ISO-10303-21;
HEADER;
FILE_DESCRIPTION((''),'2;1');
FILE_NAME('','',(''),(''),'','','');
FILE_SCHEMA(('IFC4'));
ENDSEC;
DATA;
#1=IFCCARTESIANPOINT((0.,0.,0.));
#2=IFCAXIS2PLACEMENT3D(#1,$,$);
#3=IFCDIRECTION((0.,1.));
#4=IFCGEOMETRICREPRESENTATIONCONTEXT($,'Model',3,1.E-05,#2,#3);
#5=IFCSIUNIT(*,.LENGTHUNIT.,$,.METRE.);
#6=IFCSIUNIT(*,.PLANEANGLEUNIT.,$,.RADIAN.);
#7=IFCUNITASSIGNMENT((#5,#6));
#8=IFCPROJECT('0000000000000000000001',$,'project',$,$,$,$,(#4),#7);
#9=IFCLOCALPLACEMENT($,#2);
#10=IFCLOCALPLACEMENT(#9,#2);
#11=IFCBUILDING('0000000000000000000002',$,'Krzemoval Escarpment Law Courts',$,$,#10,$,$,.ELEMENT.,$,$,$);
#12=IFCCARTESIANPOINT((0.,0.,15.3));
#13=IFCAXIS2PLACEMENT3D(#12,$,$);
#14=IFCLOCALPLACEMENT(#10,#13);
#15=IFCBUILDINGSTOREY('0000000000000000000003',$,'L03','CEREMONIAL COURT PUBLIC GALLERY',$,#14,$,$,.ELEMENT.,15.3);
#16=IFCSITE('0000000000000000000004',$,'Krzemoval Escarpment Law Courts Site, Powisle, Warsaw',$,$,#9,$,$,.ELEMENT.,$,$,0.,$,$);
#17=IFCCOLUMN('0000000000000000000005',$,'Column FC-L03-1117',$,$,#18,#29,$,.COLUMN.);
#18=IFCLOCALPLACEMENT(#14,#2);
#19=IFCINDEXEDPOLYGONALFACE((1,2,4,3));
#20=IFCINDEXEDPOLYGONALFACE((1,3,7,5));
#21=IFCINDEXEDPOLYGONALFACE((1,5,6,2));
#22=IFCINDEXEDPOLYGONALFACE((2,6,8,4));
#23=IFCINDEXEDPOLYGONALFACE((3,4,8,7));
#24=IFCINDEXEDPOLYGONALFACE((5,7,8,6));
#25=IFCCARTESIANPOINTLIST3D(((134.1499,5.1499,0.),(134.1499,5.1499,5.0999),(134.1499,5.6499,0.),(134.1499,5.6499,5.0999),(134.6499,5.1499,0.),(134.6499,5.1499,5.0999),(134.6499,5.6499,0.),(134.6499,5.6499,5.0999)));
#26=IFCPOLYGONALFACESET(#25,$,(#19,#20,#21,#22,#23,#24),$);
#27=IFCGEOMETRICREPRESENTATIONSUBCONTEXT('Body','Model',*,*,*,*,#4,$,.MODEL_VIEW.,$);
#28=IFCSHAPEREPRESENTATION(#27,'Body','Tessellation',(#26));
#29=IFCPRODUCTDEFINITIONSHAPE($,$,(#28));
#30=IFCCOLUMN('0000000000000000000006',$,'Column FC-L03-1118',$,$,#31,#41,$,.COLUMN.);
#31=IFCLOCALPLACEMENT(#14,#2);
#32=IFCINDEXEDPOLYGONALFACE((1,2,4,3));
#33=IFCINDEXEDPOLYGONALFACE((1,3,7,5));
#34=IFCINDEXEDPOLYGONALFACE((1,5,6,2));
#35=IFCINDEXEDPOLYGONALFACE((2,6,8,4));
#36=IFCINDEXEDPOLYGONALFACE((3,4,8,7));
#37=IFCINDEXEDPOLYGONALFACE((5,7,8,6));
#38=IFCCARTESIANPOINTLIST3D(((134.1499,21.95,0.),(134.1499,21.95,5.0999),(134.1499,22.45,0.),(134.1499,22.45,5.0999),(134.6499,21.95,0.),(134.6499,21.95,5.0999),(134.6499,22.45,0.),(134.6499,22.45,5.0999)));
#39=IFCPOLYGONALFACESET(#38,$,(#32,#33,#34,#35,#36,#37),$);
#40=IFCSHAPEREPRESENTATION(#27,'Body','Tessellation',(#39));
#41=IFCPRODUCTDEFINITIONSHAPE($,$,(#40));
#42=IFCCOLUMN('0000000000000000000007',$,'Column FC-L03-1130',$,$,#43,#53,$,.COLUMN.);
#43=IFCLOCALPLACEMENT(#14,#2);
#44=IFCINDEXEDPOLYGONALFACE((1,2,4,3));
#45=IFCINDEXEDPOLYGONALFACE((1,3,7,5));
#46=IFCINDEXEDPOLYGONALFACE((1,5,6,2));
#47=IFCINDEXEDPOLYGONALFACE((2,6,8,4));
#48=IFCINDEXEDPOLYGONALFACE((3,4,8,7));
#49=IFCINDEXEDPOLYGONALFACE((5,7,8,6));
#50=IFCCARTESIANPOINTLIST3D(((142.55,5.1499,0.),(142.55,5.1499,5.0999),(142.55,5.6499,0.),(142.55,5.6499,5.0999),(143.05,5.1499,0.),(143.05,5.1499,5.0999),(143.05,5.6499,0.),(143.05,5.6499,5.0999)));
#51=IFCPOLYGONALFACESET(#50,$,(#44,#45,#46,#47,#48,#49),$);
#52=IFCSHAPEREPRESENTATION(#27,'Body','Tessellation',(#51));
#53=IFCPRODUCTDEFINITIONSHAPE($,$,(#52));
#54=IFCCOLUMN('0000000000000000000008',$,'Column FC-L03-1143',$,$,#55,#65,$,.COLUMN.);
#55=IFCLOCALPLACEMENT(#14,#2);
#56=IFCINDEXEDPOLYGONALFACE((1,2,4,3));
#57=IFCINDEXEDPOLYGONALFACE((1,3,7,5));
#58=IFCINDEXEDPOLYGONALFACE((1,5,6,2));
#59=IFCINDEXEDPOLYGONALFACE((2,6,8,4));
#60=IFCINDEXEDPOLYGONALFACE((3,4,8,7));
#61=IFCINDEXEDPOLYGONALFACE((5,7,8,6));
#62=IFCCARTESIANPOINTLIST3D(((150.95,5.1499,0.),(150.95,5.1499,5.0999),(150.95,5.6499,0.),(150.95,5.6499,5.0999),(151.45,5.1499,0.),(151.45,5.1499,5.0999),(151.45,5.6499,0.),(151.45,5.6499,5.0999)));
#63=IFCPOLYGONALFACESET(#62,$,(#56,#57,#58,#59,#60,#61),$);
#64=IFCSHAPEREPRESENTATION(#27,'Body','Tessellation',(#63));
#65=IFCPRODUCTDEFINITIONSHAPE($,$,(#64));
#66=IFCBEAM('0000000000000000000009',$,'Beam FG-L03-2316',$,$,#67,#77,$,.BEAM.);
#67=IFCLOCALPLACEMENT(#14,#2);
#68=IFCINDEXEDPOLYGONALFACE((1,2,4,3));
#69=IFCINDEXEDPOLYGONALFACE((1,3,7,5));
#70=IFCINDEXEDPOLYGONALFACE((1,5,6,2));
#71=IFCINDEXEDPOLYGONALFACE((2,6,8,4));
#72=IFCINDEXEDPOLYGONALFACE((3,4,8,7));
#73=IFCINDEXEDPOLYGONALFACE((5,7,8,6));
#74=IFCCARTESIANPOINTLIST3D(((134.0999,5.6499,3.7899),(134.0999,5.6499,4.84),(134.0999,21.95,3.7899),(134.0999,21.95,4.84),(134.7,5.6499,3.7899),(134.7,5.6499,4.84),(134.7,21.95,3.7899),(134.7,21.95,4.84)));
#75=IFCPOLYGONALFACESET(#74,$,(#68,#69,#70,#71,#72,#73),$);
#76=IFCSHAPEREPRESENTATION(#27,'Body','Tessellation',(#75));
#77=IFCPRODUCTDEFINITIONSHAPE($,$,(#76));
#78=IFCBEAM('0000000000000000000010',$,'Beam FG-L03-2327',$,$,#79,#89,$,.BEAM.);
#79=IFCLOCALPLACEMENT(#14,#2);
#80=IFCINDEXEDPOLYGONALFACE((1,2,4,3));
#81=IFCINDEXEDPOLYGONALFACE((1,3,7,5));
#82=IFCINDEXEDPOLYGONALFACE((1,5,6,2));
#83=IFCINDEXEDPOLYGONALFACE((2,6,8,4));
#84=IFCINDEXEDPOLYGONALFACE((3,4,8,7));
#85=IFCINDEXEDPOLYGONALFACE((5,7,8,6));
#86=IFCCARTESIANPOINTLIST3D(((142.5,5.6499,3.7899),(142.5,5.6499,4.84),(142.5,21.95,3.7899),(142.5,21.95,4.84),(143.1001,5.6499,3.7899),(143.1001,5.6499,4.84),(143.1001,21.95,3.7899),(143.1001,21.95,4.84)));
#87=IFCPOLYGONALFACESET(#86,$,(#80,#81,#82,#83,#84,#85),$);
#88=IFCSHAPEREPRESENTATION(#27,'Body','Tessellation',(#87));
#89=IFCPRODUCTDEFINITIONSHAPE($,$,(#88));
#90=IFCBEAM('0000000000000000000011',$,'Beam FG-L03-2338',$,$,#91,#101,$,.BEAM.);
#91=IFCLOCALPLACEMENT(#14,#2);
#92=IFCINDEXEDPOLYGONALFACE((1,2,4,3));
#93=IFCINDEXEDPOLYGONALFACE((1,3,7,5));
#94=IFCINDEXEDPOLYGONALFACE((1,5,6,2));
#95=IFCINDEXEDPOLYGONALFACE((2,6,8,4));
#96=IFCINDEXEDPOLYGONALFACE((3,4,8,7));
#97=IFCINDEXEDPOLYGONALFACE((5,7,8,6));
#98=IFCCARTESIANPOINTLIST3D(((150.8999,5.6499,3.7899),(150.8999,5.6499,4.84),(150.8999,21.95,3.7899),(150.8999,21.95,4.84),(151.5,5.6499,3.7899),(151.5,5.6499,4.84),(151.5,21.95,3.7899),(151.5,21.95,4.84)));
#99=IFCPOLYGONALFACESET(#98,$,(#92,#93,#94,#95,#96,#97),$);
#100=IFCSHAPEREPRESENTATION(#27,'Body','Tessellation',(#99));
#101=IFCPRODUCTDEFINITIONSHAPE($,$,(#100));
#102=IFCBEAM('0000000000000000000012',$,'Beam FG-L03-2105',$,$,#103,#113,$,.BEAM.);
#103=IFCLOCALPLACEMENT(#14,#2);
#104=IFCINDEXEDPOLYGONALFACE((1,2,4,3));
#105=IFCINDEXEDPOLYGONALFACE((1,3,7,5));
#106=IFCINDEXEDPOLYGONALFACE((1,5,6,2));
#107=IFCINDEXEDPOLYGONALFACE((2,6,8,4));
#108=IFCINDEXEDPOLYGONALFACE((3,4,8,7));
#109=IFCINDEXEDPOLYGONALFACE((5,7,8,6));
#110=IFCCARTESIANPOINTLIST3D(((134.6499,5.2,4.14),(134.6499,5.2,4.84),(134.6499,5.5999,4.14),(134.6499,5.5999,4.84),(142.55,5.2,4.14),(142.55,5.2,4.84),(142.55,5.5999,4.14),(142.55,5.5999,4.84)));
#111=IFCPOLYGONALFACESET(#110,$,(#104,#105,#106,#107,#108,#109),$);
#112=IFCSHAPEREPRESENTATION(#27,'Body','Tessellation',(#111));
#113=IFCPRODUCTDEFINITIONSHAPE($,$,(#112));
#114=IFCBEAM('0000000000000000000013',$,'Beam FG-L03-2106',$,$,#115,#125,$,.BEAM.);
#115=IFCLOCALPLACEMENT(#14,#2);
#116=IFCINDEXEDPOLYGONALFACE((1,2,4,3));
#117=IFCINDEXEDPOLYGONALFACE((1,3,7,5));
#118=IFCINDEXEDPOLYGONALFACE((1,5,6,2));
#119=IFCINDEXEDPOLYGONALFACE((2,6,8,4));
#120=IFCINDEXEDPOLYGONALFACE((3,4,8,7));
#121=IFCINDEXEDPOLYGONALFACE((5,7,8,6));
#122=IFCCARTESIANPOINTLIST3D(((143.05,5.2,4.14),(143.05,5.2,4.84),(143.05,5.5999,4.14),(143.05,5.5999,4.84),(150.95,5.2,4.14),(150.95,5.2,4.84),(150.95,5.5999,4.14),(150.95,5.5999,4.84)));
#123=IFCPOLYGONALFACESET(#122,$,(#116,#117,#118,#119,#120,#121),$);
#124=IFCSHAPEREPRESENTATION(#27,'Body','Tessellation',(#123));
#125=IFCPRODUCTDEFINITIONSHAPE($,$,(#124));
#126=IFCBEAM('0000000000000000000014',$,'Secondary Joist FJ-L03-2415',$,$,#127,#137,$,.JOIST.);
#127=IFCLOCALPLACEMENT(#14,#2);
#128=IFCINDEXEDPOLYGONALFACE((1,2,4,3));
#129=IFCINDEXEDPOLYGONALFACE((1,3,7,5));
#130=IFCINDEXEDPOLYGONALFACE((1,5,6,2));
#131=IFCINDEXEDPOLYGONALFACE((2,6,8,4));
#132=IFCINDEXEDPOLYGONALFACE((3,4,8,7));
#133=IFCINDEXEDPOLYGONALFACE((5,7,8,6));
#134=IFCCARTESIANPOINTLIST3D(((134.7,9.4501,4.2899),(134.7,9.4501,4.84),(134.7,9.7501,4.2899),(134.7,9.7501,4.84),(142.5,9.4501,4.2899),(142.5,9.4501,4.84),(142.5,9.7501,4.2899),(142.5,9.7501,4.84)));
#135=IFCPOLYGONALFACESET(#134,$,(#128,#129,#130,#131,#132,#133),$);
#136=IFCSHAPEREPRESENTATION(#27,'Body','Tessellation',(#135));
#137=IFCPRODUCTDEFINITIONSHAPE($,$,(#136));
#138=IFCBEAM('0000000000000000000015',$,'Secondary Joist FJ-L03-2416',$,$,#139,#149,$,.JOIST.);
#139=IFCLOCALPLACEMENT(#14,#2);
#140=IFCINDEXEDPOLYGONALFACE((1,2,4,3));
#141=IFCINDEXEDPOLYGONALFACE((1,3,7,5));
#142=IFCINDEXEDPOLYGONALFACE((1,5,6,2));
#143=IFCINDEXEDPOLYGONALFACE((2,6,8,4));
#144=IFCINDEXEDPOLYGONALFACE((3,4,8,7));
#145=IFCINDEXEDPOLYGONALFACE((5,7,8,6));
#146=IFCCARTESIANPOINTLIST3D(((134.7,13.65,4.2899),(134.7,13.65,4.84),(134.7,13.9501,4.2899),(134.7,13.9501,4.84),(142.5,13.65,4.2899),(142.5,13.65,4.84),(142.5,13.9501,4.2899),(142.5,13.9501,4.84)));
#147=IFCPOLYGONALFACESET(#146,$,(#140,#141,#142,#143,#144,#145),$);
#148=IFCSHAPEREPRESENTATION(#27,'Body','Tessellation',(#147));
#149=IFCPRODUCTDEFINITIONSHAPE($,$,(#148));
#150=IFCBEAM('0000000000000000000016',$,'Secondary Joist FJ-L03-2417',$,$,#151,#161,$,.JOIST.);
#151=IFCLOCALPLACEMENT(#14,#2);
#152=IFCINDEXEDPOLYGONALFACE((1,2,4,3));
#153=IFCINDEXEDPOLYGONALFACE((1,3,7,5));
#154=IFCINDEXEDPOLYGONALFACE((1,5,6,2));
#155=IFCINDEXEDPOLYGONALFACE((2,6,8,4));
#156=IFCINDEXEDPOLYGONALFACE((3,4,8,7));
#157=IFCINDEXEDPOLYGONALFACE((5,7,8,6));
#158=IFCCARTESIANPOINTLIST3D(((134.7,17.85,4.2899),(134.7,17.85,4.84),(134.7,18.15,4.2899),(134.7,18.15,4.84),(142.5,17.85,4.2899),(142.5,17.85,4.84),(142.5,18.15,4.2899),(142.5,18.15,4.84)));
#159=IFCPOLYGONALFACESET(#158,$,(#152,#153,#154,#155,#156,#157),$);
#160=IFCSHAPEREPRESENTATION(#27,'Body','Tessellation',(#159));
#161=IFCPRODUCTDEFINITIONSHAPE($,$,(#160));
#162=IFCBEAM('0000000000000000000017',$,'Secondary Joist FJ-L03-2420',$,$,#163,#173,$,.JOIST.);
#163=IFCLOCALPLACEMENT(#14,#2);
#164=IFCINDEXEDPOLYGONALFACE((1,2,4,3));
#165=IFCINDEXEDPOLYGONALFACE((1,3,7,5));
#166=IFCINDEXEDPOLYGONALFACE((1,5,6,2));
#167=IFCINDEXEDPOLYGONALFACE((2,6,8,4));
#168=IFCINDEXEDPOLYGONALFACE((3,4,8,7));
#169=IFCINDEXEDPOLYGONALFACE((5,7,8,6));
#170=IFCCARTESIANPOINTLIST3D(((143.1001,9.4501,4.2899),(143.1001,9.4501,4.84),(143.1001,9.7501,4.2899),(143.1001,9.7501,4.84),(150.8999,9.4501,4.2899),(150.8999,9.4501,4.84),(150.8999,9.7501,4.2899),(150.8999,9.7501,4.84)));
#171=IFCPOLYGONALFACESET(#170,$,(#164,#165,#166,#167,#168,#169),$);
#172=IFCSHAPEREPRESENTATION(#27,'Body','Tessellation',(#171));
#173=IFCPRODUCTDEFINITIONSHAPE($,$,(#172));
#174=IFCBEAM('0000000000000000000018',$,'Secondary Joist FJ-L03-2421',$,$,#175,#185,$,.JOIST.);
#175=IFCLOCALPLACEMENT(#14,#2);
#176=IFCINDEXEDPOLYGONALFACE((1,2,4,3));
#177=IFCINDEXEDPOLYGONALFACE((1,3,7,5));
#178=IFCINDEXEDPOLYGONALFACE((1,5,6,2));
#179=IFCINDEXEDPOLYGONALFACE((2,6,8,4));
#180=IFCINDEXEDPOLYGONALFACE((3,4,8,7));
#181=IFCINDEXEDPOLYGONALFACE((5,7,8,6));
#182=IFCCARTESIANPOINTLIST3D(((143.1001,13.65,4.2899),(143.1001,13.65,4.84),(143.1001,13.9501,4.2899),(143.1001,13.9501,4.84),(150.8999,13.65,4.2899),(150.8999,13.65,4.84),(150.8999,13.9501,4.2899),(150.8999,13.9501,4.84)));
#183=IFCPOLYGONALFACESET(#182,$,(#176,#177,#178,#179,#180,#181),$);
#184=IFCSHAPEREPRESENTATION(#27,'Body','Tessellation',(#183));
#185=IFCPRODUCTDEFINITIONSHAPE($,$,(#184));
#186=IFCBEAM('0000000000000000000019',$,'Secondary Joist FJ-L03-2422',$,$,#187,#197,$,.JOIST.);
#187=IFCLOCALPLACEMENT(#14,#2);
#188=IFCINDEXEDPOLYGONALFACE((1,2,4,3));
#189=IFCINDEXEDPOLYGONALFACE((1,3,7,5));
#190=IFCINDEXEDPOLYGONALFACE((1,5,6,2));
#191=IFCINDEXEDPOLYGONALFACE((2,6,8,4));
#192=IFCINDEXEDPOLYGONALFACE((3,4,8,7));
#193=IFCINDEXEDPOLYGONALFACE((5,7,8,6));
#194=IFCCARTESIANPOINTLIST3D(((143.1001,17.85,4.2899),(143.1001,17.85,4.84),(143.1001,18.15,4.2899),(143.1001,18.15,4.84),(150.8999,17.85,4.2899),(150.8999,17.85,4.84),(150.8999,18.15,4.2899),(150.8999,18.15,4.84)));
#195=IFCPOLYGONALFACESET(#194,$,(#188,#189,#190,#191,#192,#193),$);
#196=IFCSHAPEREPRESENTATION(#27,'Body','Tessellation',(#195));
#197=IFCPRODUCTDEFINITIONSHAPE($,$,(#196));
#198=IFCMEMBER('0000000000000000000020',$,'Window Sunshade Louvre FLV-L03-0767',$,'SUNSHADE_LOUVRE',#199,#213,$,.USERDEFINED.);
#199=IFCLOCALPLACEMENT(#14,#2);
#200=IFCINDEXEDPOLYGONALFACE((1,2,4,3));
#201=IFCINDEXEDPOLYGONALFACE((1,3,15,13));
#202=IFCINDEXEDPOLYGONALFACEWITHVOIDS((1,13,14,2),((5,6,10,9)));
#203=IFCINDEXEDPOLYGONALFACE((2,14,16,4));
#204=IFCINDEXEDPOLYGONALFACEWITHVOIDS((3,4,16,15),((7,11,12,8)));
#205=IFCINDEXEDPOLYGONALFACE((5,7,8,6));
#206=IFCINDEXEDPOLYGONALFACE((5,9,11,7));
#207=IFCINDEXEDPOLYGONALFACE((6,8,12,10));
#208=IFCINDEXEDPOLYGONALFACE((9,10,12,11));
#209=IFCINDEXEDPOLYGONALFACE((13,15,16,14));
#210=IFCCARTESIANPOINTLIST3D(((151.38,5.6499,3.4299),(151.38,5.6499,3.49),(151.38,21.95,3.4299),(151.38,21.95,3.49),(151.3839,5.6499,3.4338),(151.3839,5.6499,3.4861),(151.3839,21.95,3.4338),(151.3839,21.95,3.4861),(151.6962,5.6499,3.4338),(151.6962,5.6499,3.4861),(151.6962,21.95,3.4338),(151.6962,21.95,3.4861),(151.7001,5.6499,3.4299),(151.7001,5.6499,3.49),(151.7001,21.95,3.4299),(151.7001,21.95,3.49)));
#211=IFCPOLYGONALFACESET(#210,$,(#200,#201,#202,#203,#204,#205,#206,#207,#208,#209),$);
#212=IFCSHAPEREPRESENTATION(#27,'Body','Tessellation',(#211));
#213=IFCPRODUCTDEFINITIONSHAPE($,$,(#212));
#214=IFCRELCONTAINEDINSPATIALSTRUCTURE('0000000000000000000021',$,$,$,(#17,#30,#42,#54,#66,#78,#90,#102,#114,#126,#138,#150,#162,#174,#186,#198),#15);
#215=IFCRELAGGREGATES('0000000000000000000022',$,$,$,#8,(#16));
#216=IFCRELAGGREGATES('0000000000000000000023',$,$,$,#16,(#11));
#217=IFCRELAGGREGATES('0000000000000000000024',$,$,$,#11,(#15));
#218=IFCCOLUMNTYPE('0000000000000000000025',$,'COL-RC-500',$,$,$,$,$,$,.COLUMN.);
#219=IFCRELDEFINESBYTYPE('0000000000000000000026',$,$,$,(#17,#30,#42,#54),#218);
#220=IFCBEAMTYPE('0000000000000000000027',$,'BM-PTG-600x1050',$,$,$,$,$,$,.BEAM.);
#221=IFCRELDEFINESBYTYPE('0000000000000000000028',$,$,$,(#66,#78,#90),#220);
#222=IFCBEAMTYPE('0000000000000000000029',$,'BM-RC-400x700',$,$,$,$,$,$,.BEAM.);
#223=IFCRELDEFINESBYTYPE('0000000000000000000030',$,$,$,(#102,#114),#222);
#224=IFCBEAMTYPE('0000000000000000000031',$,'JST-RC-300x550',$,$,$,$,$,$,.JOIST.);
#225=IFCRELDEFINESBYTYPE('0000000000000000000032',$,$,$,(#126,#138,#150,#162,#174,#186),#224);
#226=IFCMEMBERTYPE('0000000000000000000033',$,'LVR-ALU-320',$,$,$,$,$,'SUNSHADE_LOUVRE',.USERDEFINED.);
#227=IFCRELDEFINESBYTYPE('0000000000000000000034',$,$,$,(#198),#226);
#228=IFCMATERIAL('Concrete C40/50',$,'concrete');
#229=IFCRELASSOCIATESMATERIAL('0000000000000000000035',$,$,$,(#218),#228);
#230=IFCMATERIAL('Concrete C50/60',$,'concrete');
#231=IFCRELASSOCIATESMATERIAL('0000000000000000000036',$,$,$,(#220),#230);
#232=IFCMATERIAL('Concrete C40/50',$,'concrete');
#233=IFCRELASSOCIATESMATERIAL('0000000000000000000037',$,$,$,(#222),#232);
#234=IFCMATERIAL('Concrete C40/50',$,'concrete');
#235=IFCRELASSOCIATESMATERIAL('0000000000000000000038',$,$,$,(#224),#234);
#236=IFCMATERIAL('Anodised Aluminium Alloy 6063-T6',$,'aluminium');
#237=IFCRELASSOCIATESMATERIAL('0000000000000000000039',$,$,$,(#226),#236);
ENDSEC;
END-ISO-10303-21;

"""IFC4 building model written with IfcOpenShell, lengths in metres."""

from ifc_helpers import new_model, si_unit, direction, frame, origin, origin_2d, place, context, subcontext, project, spatial, rectangle, hollow_rectangle, extrude, material, material_profile, profile_set, type_object, element, save


model = new_model("IFC4")

# Units and contexts
model_context = context("Model", 3, precision=1e-05, world=origin(), true_north=direction((0.0, 1.0)))
body_context = subcontext(model_context, "Body", "Model", "MODEL_VIEW")
ifc_project = project(units=[si_unit("LENGTHUNIT", "METRE"), si_unit("PLANEANGLEUNIT", "RADIAN")], contexts=[model_context])

# Site, building, storey
site_placement = place(None, origin())
site = spatial("IfcSite", under=ifc_project, at=site_placement, Name="Krzemoval Escarpment Law Courts Site, Powisle, Warsaw", CompositionType="ELEMENT", RefElevation=0.0)
building_placement = place(site_placement, origin())
building = spatial("IfcBuilding", under=site, at=building_placement, Name="Krzemoval Escarpment Law Courts", CompositionType="ELEMENT")
storey_placement = place(building_placement, frame((0.0, 0.0, 15.3)))
storey = spatial("IfcBuildingStorey", under=building, at=storey_placement, Name="L03", Description="CEREMONIAL COURT PUBLIC GALLERY", CompositionType="ELEMENT", Elevation=15.3)

# Columns
ifc_material_1 = material(Name="Concrete C40/50", Category="concrete")
ifc_material_profile_1 = material_profile(ifc_material_1, rectangle(XDim=0.5, YDim=0.5, at=origin_2d()), Name="RC 500x500")
ifc_profile_set_1 = profile_set([ifc_material_profile_1], Name="Concrete C40/50")
column_type = type_object("IfcColumnType", Name="COL-RC-500", PredefinedType="COLUMN", material=ifc_profile_set_1)
for number, where, z_axis, x_axis, name in (
    (1, (134.3999, 5.3999, 0.0), (0.0, 0.0, 1.0), (1.0, 0.0, 0.0), "Column FC-L03-1117"),
    (2, (134.3999, 22.2, 0.0), (0.0, 0.0, 1.0), (1.0, 0.0, 0.0), "Column FC-L03-1118"),
    (3, (142.8, 5.3999, 0.0), (0.0, 0.0, 1.0), (1.0, 0.0, 0.0), "Column FC-L03-1130"),
    (4, (151.2, 5.3999, 0.0), (0.0, 0.0, 1.0), (1.0, 0.0, 0.0), "Column FC-L03-1143"),
):
    element("IfcColumn", number, at=place(storey_placement, frame(where, z_axis=z_axis, x_axis=x_axis)), inside=storey, type_object=column_type, Name=name, PredefinedType="COLUMN", context=body_context, shape_type="SweptSolid", body=[
        extrude(rectangle(XDim=0.5, YDim=0.5, at=origin_2d()), origin(), (0.0, 0.0, 1.0), 5.0999),
    ])

# Beams
ifc_material_2 = material(Name="Concrete C50/60", Category="concrete")
ifc_material_profile_2 = material_profile(ifc_material_2, rectangle(XDim=0.6001, YDim=1.05, at=origin_2d()), Name="PTG 600x1050")
ifc_profile_set_2 = profile_set([ifc_material_profile_2], Name="Concrete C50/60")
beam_type_1 = type_object("IfcBeamType", Name="BM-PTG-600x1050", PredefinedType="BEAM", material=ifc_profile_set_2)
for number, where, z_axis, x_axis, name in (
    (5, (134.3999, 5.6499, 4.3149), (0.0, 1.0, 0.0), (-1.0, 0.0, 0.0), "Beam FG-L03-2316"),
    (6, (142.8, 5.6499, 4.3149), (0.0, 1.0, 0.0), (-1.0, 0.0, 0.0), "Beam FG-L03-2327"),
    (7, (151.2, 5.6499, 4.3149), (0.0, 1.0, 0.0), (-1.0, 0.0, 0.0), "Beam FG-L03-2338"),
):
    element("IfcBeam", number, at=place(storey_placement, frame(where, z_axis=z_axis, x_axis=x_axis)), inside=storey, type_object=beam_type_1, Name=name, PredefinedType="BEAM", context=body_context, shape_type="SweptSolid", body=[
        extrude(rectangle(XDim=0.6001, YDim=1.05, at=origin_2d()), origin(), (0.0, 0.0, 1.0), 16.3),
    ])
ifc_material_3 = material(Name="Concrete C40/50", Category="concrete")
ifc_material_profile_3 = material_profile(ifc_material_3, rectangle(XDim=0.3999, YDim=0.7, at=origin_2d()), Name="RCB 400x700")
ifc_profile_set_3 = profile_set([ifc_material_profile_3], Name="Concrete C40/50")
beam_type_2 = type_object("IfcBeamType", Name="BM-RC-400x700", PredefinedType="BEAM", material=ifc_profile_set_3)
beam_1_placement = place(storey_placement, frame((134.6499, 5.3999, 4.49), z_axis=(1.0, 0.0, 0.0), x_axis=(0.0, 1.0, 0.0)))
element("IfcBeam", 8, at=beam_1_placement, inside=storey, type_object=beam_type_2, Name="Beam FG-L03-2105", PredefinedType="BEAM", context=body_context, shape_type="SweptSolid", body=[
    extrude(rectangle(XDim=0.3999, YDim=0.7, at=origin_2d()), origin(), (0.0, 0.0, 1.0), 7.9001),
])
beam_2_placement = place(storey_placement, frame((143.05, 5.3999, 4.49), z_axis=(1.0, 0.0, 0.0), x_axis=(0.0, 1.0, 0.0)))
element("IfcBeam", 9, at=beam_2_placement, inside=storey, type_object=beam_type_2, Name="Beam FG-L03-2106", PredefinedType="BEAM", context=body_context, shape_type="SweptSolid", body=[
    extrude(rectangle(XDim=0.3999, YDim=0.7, at=origin_2d()), origin(), (0.0, 0.0, 1.0), 7.8999),
])
ifc_material_4 = material(Name="Concrete C40/50", Category="concrete")
ifc_material_profile_4 = material_profile(ifc_material_4, rectangle(XDim=0.3, YDim=0.55, at=origin_2d()), Name="RCB 300x550")
ifc_profile_set_4 = profile_set([ifc_material_profile_4], Name="Concrete C40/50")
beam_type_3 = type_object("IfcBeamType", Name="JST-RC-300x550", PredefinedType="JOIST", material=ifc_profile_set_4)
for number, where, z_axis, x_axis, name in (
    (10, (134.7, 9.6001, 4.5649), (1.0, 0.0, 0.0), (0.0, 1.0, 0.0), "Secondary Joist FJ-L03-2415"),
    (11, (134.7, 13.8, 4.5649), (1.0, 0.0, 0.0), (0.0, 1.0, 0.0), "Secondary Joist FJ-L03-2416"),
    (12, (134.7, 18.0, 4.5649), (1.0, 0.0, 0.0), (0.0, 1.0, 0.0), "Secondary Joist FJ-L03-2417"),
):
    element("IfcBeam", number, at=place(storey_placement, frame(where, z_axis=z_axis, x_axis=x_axis)), inside=storey, type_object=beam_type_3, Name=name, PredefinedType="JOIST", context=body_context, shape_type="SweptSolid", body=[
        extrude(rectangle(XDim=0.3, YDim=0.55, at=origin_2d()), origin(), (0.0, 0.0, 1.0), 7.8),
    ])
for number, where, z_axis, x_axis, name in (
    (13, (143.1001, 9.6001, 4.5649), (1.0, 0.0, 0.0), (0.0, 1.0, 0.0), "Secondary Joist FJ-L03-2420"),
    (14, (143.1001, 13.8, 4.5649), (1.0, 0.0, 0.0), (0.0, 1.0, 0.0), "Secondary Joist FJ-L03-2421"),
    (15, (143.1001, 18.0, 4.5649), (1.0, 0.0, 0.0), (0.0, 1.0, 0.0), "Secondary Joist FJ-L03-2422"),
):
    element("IfcBeam", number, at=place(storey_placement, frame(where, z_axis=z_axis, x_axis=x_axis)), inside=storey, type_object=beam_type_3, Name=name, PredefinedType="JOIST", context=body_context, shape_type="SweptSolid", body=[
        extrude(rectangle(XDim=0.3, YDim=0.55, at=origin_2d()), origin(), (0.0, 0.0, 1.0), 7.7998),
    ])

# Member
ifc_material_5 = material(Name="Anodised Aluminium Alloy 6063-T6", Category="aluminium")
ifc_material_profile_5 = material_profile(ifc_material_5, hollow_rectangle(XDim=0.0601, YDim=0.3201, WallThickness=0.0039, at=origin_2d()), Name="ALU LVR 60x320")
ifc_profile_set_5 = profile_set([ifc_material_profile_5], Name="Anodised Aluminium Alloy 6063-T6")
member_type = type_object("IfcMemberType", Name="LVR-ALU-320", ElementType="SUNSHADE_LOUVRE", PredefinedType="USERDEFINED", material=ifc_profile_set_5)
member_placement = place(storey_placement, frame((151.54, 21.95, 3.46), z_axis=(0.0, -1.0, 0.0), x_axis=(0.0, 0.0, 1.0)))
element("IfcMember", 16, at=member_placement, inside=storey, type_object=member_type, Name="Window Sunshade Louvre FLV-L03-0767", ObjectType="SUNSHADE_LOUVRE", PredefinedType="USERDEFINED", context=body_context, shape_type="SweptSolid", body=[
    extrude(hollow_rectangle(XDim=0.0601, YDim=0.3201, WallThickness=0.0039, at=origin_2d()), origin(), (0.0, 0.0, 1.0), 16.3),
])

save(model, "model.ifc")
